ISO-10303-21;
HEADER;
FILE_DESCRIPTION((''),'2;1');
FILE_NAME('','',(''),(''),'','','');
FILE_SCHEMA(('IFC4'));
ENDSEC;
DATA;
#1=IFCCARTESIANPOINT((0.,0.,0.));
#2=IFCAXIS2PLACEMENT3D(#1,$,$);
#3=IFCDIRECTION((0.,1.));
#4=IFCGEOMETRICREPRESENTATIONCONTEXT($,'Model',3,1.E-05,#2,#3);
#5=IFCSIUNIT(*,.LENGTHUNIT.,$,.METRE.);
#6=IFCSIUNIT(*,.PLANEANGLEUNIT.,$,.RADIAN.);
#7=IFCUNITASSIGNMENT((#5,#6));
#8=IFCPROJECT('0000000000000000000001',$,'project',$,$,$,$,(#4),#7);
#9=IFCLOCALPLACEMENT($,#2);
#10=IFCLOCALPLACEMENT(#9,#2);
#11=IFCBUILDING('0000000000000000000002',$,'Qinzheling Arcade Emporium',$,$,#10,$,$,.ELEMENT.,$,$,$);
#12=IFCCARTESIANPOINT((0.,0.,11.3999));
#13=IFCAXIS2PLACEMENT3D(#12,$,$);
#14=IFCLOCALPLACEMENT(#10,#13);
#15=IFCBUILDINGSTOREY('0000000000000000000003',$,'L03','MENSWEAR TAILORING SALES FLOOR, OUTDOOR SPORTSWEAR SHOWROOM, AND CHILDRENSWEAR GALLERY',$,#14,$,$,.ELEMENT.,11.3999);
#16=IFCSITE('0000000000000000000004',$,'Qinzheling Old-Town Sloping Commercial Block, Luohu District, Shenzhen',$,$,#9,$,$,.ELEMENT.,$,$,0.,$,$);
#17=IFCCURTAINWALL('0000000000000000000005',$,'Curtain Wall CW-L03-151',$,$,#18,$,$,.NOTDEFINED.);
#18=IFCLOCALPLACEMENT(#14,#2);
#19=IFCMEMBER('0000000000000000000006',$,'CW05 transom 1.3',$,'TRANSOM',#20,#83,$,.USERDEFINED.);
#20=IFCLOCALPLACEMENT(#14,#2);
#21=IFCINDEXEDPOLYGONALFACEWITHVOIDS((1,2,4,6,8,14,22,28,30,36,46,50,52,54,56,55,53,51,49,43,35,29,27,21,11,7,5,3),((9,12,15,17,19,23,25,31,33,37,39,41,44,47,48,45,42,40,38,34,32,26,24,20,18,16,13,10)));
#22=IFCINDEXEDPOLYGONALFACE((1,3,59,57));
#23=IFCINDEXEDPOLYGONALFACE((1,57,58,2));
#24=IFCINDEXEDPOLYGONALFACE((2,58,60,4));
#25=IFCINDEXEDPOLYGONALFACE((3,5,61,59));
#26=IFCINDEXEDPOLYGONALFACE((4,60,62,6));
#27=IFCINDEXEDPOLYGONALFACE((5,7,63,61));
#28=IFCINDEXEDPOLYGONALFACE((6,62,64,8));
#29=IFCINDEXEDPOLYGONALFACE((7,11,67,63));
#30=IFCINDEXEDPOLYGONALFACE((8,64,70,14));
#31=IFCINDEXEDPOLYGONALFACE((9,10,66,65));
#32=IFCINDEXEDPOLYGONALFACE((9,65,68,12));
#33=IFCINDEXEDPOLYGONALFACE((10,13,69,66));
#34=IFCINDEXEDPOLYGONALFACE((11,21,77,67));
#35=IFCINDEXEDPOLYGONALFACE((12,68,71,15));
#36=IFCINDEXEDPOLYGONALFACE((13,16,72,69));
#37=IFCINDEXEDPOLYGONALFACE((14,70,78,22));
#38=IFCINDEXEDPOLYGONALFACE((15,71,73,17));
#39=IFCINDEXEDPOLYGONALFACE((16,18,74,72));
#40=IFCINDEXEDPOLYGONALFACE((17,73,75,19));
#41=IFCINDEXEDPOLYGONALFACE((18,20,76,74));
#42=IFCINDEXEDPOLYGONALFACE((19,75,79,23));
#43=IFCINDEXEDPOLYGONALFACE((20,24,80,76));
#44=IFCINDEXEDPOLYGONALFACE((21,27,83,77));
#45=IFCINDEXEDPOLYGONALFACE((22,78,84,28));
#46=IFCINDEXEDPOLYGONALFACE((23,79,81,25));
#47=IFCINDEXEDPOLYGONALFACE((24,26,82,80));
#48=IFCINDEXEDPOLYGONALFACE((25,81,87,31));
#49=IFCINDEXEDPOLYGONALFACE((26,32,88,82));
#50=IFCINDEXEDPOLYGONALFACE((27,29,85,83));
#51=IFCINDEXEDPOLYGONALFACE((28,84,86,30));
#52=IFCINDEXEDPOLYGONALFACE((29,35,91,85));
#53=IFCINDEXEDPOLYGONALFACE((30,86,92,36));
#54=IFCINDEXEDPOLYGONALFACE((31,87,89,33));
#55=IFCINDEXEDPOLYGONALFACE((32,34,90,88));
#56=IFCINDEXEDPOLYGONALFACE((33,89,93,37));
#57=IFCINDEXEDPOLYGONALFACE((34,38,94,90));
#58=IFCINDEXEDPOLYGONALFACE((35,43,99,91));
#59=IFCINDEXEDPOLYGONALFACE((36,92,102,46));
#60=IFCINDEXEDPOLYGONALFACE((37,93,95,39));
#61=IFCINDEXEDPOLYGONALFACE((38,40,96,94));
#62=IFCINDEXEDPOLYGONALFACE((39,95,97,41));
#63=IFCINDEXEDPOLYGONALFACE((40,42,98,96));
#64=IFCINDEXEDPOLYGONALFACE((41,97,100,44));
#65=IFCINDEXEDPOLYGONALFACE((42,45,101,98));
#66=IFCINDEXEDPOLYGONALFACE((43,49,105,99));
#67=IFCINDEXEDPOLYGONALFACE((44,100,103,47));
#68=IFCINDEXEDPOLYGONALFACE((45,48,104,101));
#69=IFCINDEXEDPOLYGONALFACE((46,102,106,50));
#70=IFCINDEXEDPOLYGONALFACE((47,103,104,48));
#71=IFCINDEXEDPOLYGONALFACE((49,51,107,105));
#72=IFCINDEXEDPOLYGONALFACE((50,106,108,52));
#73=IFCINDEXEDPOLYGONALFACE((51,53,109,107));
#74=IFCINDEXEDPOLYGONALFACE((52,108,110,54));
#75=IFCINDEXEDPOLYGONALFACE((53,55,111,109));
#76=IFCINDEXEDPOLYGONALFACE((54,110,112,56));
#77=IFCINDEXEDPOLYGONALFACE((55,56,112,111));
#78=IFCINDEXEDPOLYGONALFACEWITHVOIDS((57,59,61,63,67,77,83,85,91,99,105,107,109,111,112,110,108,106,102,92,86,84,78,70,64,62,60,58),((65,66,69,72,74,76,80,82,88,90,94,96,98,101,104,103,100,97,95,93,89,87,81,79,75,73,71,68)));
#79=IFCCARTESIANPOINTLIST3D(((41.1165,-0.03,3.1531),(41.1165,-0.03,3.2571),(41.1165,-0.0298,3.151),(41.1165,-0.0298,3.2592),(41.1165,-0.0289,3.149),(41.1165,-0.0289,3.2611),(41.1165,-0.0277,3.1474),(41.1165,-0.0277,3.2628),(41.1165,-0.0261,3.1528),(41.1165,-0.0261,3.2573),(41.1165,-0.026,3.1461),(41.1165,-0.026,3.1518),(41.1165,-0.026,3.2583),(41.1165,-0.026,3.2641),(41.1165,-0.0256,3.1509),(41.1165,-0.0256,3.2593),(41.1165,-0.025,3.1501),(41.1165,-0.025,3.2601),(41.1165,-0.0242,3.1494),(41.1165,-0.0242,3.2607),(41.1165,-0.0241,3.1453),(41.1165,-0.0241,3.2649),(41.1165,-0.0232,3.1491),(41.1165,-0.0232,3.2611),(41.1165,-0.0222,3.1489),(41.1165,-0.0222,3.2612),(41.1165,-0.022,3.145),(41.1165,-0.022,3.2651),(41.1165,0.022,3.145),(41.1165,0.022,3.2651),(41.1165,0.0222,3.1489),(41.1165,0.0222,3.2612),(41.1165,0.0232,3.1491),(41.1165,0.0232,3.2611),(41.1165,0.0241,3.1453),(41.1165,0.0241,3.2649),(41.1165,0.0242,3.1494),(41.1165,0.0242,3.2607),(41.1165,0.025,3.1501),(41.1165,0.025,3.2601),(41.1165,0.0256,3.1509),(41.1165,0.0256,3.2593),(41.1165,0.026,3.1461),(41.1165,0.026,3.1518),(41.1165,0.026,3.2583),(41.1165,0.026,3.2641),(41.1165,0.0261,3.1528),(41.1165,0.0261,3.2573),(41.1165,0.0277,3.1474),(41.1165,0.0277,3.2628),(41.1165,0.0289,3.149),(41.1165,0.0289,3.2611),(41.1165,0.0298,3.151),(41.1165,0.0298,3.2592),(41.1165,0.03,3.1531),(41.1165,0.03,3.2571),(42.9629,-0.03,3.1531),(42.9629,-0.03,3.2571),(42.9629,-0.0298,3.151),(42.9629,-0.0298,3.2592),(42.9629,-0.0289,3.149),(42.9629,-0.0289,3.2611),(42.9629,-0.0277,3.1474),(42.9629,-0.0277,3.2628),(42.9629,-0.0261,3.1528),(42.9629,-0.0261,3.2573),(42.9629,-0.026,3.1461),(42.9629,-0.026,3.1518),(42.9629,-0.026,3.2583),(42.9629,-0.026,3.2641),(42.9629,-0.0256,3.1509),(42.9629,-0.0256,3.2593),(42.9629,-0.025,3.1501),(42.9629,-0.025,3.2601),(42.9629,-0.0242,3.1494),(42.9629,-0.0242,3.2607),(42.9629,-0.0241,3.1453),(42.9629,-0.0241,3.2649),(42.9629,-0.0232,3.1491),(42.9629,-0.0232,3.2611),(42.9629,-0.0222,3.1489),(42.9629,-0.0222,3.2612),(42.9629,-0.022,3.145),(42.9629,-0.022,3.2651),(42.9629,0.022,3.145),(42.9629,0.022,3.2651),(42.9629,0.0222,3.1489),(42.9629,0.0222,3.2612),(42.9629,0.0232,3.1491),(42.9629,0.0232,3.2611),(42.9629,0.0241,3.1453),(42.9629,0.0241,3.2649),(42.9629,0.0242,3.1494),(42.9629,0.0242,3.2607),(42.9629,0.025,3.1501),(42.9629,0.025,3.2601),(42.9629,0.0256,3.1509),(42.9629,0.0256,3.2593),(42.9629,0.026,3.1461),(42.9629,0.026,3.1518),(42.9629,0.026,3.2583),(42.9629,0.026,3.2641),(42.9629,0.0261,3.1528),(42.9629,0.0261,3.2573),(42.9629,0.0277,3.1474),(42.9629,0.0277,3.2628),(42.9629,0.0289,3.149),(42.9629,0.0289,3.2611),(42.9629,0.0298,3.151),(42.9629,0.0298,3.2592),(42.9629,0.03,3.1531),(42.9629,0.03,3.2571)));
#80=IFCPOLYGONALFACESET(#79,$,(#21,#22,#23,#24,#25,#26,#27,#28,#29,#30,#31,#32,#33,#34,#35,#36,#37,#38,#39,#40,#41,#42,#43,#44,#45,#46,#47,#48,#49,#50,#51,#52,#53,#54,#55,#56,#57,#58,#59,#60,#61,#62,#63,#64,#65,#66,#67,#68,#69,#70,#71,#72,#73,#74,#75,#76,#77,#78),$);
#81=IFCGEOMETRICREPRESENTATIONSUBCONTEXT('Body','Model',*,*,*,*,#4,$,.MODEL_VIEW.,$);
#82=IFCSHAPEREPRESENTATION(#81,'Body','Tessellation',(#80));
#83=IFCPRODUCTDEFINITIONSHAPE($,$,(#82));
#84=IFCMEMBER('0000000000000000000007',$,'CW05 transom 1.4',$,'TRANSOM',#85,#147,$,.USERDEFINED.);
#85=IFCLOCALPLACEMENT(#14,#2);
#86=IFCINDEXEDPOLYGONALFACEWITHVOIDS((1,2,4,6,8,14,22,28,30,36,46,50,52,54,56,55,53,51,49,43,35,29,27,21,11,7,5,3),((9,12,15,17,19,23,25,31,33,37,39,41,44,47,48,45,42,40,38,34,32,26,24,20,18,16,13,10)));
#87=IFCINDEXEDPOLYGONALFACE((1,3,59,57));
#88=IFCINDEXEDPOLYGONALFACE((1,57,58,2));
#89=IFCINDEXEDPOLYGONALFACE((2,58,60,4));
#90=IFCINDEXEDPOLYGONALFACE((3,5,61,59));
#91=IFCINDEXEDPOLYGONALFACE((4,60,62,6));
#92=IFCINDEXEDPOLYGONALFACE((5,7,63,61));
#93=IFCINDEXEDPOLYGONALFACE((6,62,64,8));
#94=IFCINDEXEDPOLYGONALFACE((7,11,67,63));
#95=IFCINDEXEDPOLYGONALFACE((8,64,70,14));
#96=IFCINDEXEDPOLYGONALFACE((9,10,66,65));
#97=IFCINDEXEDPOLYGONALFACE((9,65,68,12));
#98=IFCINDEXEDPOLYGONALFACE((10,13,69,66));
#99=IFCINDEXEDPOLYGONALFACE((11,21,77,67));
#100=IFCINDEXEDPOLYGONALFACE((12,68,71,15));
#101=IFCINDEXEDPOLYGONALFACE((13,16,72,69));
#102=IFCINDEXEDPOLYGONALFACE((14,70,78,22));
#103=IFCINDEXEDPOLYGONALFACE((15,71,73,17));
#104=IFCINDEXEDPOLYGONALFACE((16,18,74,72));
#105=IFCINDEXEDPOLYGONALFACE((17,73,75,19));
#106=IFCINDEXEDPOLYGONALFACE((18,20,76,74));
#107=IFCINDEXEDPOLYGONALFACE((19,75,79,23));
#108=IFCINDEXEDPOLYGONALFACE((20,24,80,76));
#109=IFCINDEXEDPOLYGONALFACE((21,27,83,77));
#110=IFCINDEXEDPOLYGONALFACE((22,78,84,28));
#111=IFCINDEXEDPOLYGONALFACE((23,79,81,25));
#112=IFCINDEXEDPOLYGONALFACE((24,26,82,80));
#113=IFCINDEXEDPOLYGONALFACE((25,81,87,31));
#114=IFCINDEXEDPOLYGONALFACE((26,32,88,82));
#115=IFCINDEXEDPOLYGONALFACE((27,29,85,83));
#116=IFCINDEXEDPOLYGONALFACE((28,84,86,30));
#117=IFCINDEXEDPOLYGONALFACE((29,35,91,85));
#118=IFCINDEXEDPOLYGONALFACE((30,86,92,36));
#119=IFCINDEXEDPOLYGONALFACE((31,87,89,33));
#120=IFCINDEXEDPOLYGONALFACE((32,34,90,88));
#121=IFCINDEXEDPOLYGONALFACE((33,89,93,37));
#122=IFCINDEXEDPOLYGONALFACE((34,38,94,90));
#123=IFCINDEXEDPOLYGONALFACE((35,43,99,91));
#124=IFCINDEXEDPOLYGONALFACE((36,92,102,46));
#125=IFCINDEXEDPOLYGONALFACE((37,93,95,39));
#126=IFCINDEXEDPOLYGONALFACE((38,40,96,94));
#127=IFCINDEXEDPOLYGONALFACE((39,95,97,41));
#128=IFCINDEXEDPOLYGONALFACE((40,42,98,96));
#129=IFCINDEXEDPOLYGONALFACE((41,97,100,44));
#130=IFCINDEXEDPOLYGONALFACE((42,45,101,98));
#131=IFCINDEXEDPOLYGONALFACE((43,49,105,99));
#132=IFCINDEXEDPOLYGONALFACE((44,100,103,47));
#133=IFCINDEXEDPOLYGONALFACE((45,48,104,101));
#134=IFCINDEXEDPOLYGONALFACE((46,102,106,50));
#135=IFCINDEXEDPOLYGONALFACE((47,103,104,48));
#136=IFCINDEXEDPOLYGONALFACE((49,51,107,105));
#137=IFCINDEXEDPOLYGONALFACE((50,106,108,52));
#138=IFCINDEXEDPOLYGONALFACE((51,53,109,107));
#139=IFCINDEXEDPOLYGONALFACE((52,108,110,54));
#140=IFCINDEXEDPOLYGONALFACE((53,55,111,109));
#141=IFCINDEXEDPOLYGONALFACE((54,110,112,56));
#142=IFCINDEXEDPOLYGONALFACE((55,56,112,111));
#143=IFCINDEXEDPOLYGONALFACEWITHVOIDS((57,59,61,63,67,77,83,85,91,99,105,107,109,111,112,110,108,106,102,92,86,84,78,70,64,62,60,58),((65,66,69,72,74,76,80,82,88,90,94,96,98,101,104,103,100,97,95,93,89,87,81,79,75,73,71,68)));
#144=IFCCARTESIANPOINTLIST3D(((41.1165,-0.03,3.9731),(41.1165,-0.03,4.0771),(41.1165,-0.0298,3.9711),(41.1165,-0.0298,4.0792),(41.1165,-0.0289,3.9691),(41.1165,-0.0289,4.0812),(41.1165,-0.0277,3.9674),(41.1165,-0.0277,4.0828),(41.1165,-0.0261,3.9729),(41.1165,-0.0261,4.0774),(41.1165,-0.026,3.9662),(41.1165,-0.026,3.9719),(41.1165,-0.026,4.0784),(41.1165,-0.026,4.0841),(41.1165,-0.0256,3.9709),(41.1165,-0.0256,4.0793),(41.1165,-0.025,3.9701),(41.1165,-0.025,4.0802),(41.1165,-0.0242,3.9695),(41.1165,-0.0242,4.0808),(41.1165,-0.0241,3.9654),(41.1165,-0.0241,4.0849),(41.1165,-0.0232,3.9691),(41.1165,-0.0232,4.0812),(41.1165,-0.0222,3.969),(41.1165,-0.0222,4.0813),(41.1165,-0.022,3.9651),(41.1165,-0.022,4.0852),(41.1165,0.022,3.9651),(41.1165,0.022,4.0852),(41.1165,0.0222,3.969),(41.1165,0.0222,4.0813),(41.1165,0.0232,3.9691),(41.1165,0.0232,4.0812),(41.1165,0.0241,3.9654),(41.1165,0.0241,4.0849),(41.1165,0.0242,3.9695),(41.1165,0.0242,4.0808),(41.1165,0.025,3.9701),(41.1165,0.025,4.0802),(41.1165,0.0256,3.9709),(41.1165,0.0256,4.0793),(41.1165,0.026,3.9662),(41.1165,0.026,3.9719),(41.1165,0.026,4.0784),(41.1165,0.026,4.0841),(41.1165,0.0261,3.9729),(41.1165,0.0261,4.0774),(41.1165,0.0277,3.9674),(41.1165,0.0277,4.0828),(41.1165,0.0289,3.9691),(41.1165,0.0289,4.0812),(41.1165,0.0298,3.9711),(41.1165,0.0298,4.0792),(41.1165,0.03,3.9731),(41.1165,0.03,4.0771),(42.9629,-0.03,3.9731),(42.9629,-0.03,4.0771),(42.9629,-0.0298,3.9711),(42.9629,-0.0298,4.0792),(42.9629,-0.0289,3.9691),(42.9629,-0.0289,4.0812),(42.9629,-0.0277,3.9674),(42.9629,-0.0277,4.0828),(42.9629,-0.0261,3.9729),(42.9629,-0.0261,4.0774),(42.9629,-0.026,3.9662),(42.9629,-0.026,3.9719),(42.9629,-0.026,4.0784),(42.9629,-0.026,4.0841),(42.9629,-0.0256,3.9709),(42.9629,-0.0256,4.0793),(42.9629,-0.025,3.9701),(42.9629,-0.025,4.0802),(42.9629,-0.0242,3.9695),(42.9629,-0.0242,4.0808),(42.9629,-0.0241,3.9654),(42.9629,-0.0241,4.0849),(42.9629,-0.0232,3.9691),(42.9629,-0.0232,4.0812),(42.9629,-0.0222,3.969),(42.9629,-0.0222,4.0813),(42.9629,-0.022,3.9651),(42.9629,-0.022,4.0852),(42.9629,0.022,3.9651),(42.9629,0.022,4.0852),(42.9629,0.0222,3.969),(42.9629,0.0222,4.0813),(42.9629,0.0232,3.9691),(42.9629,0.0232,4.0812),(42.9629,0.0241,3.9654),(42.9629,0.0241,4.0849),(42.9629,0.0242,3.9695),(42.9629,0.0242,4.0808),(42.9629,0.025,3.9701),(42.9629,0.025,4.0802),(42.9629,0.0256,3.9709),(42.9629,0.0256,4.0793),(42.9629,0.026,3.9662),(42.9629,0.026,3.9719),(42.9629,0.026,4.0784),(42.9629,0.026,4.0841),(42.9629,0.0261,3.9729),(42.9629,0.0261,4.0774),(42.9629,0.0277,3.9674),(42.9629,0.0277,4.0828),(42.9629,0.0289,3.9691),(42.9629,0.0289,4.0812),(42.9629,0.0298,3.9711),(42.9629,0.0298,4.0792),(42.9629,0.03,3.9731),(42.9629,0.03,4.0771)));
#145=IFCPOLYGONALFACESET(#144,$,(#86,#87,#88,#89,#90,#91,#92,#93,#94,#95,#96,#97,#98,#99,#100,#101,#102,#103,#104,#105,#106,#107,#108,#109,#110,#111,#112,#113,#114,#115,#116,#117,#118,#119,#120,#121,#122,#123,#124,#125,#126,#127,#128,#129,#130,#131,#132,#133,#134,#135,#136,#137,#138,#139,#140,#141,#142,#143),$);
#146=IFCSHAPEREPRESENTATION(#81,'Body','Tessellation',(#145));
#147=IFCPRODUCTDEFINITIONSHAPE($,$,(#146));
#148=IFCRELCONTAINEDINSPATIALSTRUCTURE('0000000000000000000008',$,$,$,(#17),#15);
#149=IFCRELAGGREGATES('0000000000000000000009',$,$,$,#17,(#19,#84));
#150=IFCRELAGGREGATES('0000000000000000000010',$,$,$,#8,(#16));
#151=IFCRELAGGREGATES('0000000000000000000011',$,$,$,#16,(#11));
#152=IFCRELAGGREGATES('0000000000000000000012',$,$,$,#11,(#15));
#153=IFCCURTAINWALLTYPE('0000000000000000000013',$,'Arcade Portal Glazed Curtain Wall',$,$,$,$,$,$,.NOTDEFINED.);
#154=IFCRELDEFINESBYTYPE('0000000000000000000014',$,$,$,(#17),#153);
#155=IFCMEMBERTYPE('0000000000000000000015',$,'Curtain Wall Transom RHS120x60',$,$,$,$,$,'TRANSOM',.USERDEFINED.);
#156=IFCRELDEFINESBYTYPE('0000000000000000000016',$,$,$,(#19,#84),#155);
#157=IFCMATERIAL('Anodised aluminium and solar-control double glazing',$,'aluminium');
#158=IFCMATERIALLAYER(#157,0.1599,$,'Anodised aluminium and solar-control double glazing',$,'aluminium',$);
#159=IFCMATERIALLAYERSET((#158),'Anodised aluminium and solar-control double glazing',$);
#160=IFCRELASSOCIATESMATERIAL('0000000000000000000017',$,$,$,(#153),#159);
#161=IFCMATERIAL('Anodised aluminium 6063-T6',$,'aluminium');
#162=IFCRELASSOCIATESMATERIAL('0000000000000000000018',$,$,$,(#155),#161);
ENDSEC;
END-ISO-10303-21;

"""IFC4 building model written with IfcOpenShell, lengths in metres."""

from ifc_helpers import new_model, si_unit, direction, frame, origin, origin_2d, place, context, subcontext, project, spatial, hollow_rectangle, extrude, material, layer, layer_set, material_profile, profile_set, type_object, element, aggregate, save


model = new_model("IFC4")

# Units and contexts
model_context = context("Model", 3, precision=1e-05, world=origin(), true_north=direction((0.0, 1.0)))
body_context = subcontext(model_context, "Body", "Model", "MODEL_VIEW")
ifc_project = project(units=[si_unit("LENGTHUNIT", "METRE"), si_unit("PLANEANGLEUNIT", "RADIAN")], contexts=[model_context])

# Site, building, storey
site_placement = place(None, origin())
site = spatial("IfcSite", under=ifc_project, at=site_placement, Name="Qinzheling Old-Town Sloping Commercial Block, Luohu District, Shenzhen", CompositionType="ELEMENT", RefElevation=0.0)
building_placement = place(site_placement, origin())
building = spatial("IfcBuilding", under=site, at=building_placement, Name="Qinzheling Arcade Emporium", CompositionType="ELEMENT")
storey_placement = place(building_placement, frame((0.0, 0.0, 11.3999)))
storey = spatial("IfcBuildingStorey", under=building, at=storey_placement, Name="L03", Description="MENSWEAR TAILORING SALES FLOOR, OUTDOOR SPORTSWEAR SHOWROOM, AND CHILDRENSWEAR GALLERY", CompositionType="ELEMENT", Elevation=11.3999)

# Shared definitions
ifc_material_1 = material(Name="Anodised aluminium and solar-control double glazing", Category="aluminium")
ifc_layer_1 = layer(ifc_material_1, 0.1599, Name="Anodised aluminium and solar-control double glazing", Category="aluminium")
ifc_layer_set_1 = layer_set([ifc_layer_1], Name="Anodised aluminium and solar-control double glazing")
curtain_wall_type = type_object("IfcCurtainWallType", Name="Arcade Portal Glazed Curtain Wall", PredefinedType="NOTDEFINED", material=ifc_layer_set_1)
ifc_material_2 = material(Name="Anodised aluminium 6063-T6", Category="aluminium")

# Curtain wall
curtain_wall_1_placement = place(storey_placement, origin())
curtain_wall_1 = element("IfcCurtainWall", 1, at=curtain_wall_1_placement, inside=storey, type_object=curtain_wall_type, Name="Curtain Wall CW-L03-151", PredefinedType="NOTDEFINED")

# Members
ifc_material_profile_1 = material_profile(ifc_material_2, hollow_rectangle(XDim=0.0601, YDim=0.1201, WallThickness=0.0039, InnerFilletRadius=0.0039, OuterFilletRadius=0.0081, at=origin_2d()), Name="RHS 120x60x4", Category="aluminium")
ifc_profile_set_1 = profile_set([ifc_material_profile_1], Name="Anodised aluminium 6063-T6")
member_type_1 = type_object("IfcMemberType", Name="Curtain Wall Transom RHS120x60", ElementType="TRANSOM", PredefinedType="USERDEFINED", material=ifc_profile_set_1)
member_1_placement = place(storey_placement, frame((42.9629, 0.0, 3.2051), z_axis=(-1.0, 0.0, 0.0), x_axis=(0.0, -1.0, 0.0)))
member_1 = element("IfcMember", 2, at=member_1_placement, type_object=member_type_1, Name="CW05 transom 1.3", ObjectType="TRANSOM", PredefinedType="USERDEFINED", context=body_context, shape_type="SweptSolid", body=[
    extrude(hollow_rectangle(XDim=0.0601, YDim=0.1201, WallThickness=0.0039, InnerFilletRadius=0.0039, OuterFilletRadius=0.0081, at=origin_2d()), origin(), (0.0, 0.0, 1.0), 1.8464),
])
member_2_placement = place(storey_placement, frame((42.9629, 0.0, 4.0251), z_axis=(-1.0, 0.0, 0.0), x_axis=(0.0, -1.0, 0.0)))
member_2 = element("IfcMember", 3, at=member_2_placement, type_object=member_type_1, Name="CW05 transom 1.4", ObjectType="TRANSOM", PredefinedType="USERDEFINED", context=body_context, shape_type="SweptSolid", body=[
    extrude(hollow_rectangle(XDim=0.0601, YDim=0.1201, WallThickness=0.0039, InnerFilletRadius=0.0039, OuterFilletRadius=0.0081, at=origin_2d()), origin(), (0.0, 0.0, 1.0), 1.8464),
])

aggregate(curtain_wall_1, [member_1, member_2])

save(model, "model.ifc")
